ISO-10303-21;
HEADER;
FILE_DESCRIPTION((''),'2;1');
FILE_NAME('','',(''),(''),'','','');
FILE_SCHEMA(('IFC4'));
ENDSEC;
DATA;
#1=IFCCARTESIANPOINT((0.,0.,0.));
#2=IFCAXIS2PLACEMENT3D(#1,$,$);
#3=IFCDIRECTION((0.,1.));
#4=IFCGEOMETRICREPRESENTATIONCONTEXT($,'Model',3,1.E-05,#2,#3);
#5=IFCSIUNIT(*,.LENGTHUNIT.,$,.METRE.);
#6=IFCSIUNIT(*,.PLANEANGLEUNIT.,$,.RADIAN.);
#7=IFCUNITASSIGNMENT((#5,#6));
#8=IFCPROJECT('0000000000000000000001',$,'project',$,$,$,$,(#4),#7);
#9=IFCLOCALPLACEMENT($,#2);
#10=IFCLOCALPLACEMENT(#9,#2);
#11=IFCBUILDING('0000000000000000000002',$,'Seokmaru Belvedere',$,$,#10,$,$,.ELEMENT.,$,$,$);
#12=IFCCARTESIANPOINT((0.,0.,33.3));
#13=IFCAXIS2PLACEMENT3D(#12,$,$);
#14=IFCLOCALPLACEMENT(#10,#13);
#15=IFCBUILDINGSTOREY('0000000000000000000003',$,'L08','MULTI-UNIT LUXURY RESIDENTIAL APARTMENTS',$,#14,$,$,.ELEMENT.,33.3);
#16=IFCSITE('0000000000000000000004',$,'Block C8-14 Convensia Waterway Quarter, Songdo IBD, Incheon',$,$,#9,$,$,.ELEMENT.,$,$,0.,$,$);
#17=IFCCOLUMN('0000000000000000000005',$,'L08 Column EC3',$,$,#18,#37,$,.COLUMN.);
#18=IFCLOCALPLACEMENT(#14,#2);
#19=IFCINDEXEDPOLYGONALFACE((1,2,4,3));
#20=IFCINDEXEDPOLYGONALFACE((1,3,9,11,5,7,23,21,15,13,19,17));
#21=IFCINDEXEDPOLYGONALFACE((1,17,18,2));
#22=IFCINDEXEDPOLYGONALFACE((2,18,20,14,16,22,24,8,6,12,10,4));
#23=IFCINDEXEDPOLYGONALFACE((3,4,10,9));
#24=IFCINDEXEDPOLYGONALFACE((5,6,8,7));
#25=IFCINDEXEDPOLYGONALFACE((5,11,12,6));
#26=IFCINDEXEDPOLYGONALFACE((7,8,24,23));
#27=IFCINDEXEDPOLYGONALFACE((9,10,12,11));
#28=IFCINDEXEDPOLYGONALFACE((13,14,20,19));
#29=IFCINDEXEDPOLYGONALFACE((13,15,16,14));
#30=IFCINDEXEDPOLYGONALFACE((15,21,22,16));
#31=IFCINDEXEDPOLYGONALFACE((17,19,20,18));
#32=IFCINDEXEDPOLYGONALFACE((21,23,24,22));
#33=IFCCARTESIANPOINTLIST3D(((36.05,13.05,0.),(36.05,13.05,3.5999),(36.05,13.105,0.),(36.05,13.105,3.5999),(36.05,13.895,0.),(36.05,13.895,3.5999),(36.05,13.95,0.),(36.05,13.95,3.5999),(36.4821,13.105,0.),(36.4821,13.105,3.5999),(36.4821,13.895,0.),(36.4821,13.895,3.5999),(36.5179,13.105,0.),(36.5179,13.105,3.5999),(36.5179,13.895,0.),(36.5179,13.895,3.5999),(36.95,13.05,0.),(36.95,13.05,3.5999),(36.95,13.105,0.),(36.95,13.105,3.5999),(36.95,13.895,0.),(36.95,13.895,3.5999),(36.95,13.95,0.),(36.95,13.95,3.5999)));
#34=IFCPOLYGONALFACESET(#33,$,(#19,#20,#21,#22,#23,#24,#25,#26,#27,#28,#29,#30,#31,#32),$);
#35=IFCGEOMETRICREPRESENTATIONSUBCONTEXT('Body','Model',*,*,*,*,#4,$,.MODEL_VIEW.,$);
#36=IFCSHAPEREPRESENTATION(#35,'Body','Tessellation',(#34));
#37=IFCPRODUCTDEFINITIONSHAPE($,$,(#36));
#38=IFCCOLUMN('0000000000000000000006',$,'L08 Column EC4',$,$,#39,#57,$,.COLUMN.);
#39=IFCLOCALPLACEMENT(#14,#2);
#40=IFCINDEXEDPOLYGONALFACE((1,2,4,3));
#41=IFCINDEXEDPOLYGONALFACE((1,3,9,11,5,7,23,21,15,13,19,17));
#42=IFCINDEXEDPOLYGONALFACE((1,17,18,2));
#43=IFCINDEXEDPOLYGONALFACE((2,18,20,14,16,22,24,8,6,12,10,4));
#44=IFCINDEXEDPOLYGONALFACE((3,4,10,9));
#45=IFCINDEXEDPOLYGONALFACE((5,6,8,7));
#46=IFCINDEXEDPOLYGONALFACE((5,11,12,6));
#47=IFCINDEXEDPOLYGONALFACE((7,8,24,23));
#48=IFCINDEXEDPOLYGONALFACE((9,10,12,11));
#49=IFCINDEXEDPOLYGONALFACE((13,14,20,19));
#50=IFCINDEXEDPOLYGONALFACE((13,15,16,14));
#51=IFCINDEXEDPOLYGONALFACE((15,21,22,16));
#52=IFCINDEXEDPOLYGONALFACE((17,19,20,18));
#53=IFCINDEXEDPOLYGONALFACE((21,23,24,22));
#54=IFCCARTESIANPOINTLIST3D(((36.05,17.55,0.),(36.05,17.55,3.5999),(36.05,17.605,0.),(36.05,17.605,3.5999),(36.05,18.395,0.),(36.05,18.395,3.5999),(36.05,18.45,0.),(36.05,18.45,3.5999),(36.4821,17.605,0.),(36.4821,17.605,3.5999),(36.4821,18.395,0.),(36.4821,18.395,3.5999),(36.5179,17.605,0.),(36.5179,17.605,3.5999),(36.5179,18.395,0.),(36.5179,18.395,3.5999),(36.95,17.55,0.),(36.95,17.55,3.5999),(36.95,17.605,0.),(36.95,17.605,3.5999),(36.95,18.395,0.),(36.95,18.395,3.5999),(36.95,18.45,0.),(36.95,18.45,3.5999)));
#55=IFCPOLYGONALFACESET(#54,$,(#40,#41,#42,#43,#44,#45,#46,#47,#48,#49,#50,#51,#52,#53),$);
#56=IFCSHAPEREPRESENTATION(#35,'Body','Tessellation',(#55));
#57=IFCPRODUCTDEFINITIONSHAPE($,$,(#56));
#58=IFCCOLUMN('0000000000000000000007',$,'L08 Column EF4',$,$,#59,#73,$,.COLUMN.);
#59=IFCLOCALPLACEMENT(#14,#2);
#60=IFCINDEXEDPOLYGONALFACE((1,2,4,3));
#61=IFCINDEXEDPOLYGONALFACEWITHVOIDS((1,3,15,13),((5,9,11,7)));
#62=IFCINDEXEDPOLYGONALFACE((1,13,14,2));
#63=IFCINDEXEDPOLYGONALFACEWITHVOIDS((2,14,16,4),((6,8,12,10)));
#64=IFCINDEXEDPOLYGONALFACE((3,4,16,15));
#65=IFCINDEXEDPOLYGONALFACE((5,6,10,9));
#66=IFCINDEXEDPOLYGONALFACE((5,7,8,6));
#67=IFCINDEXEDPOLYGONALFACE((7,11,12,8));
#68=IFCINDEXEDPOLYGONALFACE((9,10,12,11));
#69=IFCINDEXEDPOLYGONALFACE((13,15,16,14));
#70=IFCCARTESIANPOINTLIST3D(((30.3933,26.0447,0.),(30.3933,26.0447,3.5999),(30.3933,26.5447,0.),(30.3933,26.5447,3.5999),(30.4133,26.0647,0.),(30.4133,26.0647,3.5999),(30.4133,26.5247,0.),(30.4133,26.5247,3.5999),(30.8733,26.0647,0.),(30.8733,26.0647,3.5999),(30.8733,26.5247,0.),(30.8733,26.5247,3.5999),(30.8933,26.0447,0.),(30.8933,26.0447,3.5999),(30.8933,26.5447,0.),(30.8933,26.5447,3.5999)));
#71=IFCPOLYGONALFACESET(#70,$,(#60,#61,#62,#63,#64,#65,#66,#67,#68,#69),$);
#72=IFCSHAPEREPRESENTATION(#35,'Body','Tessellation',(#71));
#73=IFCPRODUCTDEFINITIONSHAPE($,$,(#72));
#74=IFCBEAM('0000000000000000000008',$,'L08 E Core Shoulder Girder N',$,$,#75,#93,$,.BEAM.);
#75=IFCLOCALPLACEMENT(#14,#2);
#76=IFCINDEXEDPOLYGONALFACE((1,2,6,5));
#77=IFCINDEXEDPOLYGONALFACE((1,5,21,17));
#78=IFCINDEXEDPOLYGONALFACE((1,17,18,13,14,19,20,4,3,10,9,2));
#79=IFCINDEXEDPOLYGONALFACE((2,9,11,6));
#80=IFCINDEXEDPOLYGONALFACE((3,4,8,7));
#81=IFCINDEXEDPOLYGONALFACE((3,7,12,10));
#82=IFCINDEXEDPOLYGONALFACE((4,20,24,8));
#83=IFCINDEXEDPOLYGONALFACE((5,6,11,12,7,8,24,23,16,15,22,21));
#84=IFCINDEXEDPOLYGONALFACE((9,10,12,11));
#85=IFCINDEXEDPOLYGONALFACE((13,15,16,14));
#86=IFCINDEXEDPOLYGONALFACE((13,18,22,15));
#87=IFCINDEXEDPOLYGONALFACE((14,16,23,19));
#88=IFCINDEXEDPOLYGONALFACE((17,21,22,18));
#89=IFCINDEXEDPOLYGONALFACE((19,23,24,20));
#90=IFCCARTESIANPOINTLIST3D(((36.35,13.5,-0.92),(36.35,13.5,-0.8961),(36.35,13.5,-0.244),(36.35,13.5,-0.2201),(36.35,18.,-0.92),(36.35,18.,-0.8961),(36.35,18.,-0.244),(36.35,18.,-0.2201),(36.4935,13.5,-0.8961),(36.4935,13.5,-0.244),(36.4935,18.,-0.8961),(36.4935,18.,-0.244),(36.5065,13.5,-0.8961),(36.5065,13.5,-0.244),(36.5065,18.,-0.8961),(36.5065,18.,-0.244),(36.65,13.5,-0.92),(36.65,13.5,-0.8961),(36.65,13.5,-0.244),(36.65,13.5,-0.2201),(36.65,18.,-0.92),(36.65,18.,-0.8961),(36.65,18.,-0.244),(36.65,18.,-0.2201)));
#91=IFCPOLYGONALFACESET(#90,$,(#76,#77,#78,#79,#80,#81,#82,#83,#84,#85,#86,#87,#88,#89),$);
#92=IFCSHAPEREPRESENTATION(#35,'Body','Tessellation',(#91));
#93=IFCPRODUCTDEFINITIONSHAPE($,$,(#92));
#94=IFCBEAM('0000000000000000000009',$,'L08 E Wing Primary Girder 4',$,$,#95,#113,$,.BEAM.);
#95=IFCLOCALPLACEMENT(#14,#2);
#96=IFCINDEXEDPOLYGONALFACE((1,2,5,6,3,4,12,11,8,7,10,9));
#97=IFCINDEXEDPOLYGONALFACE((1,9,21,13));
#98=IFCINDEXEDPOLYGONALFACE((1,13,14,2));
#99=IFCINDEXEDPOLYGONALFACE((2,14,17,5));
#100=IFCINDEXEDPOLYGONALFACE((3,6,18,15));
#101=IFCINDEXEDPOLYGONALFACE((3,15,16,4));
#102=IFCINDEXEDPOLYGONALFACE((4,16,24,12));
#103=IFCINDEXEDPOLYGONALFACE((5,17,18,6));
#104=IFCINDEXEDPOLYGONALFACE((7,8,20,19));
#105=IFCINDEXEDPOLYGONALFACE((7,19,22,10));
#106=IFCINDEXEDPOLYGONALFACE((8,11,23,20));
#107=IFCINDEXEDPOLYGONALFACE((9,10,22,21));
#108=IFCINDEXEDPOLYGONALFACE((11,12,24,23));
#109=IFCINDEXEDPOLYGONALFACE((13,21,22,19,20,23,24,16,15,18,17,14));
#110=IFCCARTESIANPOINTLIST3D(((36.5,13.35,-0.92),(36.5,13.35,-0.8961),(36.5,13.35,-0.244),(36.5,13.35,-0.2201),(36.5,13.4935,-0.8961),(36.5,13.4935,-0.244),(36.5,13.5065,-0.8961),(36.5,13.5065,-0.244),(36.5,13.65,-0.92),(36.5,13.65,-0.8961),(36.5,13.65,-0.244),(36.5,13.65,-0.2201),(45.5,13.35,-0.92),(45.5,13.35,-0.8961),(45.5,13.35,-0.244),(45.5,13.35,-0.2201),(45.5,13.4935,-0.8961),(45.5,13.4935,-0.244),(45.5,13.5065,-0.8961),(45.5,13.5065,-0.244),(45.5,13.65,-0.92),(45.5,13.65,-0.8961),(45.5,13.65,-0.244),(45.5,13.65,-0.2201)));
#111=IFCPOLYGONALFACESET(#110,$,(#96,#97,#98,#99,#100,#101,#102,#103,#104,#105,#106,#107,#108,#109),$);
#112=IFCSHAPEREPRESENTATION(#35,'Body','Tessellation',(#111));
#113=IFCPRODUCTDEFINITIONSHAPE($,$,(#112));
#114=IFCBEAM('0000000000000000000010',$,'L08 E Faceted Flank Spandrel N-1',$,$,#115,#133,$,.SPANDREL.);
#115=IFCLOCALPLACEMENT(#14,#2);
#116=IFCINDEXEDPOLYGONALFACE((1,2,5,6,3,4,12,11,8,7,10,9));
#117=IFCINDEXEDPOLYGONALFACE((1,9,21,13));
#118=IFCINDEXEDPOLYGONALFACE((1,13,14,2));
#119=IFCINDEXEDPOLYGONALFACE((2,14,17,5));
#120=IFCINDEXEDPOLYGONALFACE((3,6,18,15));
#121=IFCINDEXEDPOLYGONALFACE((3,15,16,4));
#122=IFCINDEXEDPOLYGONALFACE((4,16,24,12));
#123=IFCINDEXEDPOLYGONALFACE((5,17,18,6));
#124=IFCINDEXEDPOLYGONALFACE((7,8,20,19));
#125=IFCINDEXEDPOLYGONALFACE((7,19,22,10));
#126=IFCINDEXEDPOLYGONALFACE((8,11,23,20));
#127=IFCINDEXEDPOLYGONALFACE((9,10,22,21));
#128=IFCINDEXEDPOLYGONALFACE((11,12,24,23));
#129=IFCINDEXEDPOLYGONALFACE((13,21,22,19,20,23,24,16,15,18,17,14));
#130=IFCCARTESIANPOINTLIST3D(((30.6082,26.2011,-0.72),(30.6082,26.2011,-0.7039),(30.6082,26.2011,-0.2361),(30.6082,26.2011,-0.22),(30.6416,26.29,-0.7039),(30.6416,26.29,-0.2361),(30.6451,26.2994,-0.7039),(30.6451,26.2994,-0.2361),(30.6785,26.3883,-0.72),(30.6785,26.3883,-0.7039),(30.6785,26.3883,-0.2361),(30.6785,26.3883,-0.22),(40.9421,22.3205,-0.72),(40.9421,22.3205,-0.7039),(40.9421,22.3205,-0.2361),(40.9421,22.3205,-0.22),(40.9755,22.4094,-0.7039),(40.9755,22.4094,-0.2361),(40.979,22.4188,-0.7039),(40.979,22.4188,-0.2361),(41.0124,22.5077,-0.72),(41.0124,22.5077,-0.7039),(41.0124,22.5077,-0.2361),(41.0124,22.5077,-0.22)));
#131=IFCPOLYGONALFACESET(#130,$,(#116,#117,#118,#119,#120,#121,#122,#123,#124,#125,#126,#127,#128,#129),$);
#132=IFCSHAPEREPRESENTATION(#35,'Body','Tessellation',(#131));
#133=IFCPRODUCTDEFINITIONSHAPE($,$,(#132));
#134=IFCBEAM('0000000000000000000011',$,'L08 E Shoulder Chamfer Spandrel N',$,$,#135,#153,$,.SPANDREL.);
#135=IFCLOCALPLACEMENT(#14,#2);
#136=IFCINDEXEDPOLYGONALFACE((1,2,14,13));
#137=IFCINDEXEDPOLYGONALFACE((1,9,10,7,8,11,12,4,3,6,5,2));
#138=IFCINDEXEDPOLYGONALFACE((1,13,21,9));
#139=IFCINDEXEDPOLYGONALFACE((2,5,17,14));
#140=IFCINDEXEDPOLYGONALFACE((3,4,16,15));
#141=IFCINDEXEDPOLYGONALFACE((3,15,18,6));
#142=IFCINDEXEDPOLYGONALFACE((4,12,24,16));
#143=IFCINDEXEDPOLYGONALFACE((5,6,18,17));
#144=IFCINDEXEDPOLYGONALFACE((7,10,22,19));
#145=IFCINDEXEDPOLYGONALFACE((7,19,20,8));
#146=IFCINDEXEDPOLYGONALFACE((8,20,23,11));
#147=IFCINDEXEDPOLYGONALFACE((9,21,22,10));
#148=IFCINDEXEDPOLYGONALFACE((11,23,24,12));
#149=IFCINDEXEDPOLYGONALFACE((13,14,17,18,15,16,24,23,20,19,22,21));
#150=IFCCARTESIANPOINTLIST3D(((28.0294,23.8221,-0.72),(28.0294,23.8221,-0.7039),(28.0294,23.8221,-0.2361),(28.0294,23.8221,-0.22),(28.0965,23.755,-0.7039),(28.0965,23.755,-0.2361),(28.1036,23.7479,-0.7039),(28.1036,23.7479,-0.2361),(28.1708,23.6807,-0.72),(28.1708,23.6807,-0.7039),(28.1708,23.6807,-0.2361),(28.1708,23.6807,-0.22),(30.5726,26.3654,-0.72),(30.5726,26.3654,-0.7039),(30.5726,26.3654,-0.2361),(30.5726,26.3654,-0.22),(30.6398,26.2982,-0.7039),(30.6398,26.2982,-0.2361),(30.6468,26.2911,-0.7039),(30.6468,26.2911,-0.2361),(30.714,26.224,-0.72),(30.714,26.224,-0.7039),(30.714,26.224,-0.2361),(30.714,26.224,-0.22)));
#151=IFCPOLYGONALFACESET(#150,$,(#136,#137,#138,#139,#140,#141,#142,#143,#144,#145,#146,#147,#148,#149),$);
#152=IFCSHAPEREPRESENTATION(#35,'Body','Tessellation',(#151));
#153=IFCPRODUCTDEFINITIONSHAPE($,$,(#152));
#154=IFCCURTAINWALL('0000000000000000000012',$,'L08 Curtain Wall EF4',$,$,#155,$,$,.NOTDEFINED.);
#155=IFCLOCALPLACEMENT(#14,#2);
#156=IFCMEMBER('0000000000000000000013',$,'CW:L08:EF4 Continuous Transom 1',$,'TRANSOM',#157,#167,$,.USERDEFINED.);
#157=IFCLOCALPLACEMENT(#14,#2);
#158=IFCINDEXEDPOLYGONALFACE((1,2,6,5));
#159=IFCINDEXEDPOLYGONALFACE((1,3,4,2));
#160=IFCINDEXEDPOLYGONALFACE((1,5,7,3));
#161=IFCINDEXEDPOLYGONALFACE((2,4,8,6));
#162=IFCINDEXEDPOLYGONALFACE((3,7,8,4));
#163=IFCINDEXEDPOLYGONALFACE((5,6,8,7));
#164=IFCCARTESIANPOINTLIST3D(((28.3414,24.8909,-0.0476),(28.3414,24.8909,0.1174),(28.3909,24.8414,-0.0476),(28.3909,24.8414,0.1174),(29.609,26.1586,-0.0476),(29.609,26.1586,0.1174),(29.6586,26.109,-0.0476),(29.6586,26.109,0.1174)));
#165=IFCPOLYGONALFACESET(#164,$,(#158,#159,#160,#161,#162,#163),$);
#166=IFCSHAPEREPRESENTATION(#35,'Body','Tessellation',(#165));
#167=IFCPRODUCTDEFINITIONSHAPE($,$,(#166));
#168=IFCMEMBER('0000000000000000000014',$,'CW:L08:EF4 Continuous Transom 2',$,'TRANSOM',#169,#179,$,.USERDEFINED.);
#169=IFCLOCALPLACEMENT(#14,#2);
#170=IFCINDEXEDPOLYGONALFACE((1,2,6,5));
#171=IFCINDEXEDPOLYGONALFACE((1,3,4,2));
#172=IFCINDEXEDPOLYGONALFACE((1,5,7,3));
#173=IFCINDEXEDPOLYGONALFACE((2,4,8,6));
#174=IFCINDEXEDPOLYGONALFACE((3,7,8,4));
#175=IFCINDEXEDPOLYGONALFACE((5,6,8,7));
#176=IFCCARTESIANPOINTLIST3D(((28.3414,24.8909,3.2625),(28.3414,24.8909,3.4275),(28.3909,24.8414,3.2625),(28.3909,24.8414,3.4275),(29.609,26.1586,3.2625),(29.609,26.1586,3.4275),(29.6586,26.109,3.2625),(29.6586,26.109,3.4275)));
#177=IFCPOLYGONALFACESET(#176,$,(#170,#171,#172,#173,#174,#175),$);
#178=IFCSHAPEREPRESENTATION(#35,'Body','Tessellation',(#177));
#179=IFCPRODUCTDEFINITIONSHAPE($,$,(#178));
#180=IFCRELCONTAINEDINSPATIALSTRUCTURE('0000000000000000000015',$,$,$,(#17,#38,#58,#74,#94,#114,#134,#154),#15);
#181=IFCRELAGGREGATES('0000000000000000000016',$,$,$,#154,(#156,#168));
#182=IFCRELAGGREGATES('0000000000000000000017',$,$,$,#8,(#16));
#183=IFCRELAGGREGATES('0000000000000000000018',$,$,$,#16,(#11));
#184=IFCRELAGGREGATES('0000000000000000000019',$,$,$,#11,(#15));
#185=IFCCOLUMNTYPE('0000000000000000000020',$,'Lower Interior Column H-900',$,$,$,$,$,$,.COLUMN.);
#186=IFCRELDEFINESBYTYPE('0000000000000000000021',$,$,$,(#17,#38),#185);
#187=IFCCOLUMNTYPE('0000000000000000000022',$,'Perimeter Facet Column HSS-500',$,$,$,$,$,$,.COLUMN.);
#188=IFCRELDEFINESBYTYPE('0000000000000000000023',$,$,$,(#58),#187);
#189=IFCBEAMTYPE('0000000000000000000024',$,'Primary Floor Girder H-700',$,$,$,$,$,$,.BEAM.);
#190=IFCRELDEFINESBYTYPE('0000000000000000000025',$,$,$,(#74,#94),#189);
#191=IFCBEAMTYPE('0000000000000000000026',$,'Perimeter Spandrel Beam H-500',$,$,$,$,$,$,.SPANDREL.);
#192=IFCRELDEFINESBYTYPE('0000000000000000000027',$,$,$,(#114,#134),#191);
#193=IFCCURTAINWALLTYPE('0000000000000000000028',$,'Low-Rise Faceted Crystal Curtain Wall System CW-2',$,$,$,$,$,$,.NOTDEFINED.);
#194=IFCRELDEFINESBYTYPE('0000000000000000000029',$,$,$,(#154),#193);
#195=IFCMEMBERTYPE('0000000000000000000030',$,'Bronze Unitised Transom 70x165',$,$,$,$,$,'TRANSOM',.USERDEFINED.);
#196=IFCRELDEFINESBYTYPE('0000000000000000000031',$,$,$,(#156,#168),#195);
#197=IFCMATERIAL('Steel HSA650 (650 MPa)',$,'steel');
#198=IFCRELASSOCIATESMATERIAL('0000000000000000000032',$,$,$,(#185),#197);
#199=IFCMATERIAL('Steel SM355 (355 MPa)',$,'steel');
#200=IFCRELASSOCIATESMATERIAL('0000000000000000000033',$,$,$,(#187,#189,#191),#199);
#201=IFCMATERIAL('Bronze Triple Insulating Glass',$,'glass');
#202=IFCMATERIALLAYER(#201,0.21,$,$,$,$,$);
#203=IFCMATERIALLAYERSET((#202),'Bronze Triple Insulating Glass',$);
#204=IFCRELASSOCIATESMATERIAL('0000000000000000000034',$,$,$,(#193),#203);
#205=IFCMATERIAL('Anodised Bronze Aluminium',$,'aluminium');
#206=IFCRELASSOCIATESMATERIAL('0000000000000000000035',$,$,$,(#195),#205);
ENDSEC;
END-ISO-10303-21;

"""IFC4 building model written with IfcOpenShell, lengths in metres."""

from ifc_helpers import new_model, si_unit, direction, frame, origin, origin_2d, place, context, subcontext, project, spatial, rectangle, hollow_rectangle, i_section, extrude, source, transform, mapped, material, layer, layer_set, material_profile, profile_set, type_object, type_shapes, element, aggregate, save


model = new_model("IFC4")

# Units and contexts
model_context = context("Model", 3, precision=1e-05, world=origin(), true_north=direction((0.0, 1.0)))
body_context = subcontext(model_context, "Body", "Model", "MODEL_VIEW")
ifc_project = project(units=[si_unit("LENGTHUNIT", "METRE"), si_unit("PLANEANGLEUNIT", "RADIAN")], contexts=[model_context])

# Site, building, storey
site_placement = place(None, origin())
site = spatial("IfcSite", under=ifc_project, at=site_placement, Name="Block C8-14 Convensia Waterway Quarter, Songdo IBD, Incheon", CompositionType="ELEMENT", RefElevation=0.0)
building_placement = place(site_placement, origin())
building = spatial("IfcBuilding", under=site, at=building_placement, Name="Seokmaru Belvedere", CompositionType="ELEMENT")
storey_placement = place(building_placement, frame((0.0, 0.0, 33.3)))
storey = spatial("IfcBuildingStorey", under=building, at=storey_placement, Name="L08", Description="MULTI-UNIT LUXURY RESIDENTIAL APARTMENTS", CompositionType="ELEMENT", Elevation=33.3)

# Columns
ifc_material_1 = material(Name="Steel HSA650 (650 MPa)", Category="steel")
ifc_material_profile_1 = material_profile(ifc_material_1, i_section(OverallWidth=0.8999, OverallDepth=0.8999, WebThickness=0.0359, FlangeThickness=0.0549, at=origin_2d()), Name="H-900x900x36x55")
ifc_profile_set_1 = profile_set([ifc_material_profile_1], Name="Steel HSA650 (650 MPa)")
column_type_1 = type_object("IfcColumnType", Name="Lower Interior Column H-900", PredefinedType="COLUMN", material=ifc_profile_set_1)
shared_shape_1 = source(origin(), body_context, "Body", "SweptSolid", [
    extrude(i_section(OverallWidth=0.8999, OverallDepth=0.8999, WebThickness=0.0359, FlangeThickness=0.0549, at=origin_2d()), origin(), (0.0, 0.0, 1.0), 3.5999),
])
type_shapes(column_type_1, [shared_shape_1])
for number, where, z_axis, x_axis, name in (
    (1, (36.5, 13.5, 0.0), (0.0, 0.0, 1.0), (1.0, 0.0, 0.0), "L08 Column EC3"),
    (2, (36.5, 18.0, 0.0), (0.0, 0.0, 1.0), (1.0, 0.0, 0.0), "L08 Column EC4"),
):
    element("IfcColumn", number, at=place(storey_placement, frame(where, z_axis=z_axis, x_axis=x_axis)), inside=storey, type_object=column_type_1, Name=name, PredefinedType="COLUMN", context=body_context, shape_type="MappedRepresentation", body=[
        mapped(shared_shape_1, transform((0.0, 0.0, 0.0), scale=1.0)),
    ])
ifc_material_2 = material(Name="Steel SM355 (355 MPa)", Category="steel")
ifc_material_profile_2 = material_profile(ifc_material_2, hollow_rectangle(XDim=0.5, YDim=0.5, WallThickness=0.02, at=origin_2d()), Name="HSS-500x500x20")
ifc_profile_set_2 = profile_set([ifc_material_profile_2], Name="Steel SM355 (355 MPa)")
column_type_2 = type_object("IfcColumnType", Name="Perimeter Facet Column HSS-500", PredefinedType="COLUMN", material=ifc_profile_set_2)
shared_shape_2 = source(origin(), body_context, "Body", "SweptSolid", [
    extrude(hollow_rectangle(XDim=0.5, YDim=0.5, WallThickness=0.02, at=origin_2d()), origin(), (0.0, 0.0, 1.0), 3.5999),
])
type_shapes(column_type_2, [shared_shape_2])
column_placement = place(storey_placement, frame((30.6433, 26.2947, 0.0), z_axis=(0.0, 0.0, 1.0), x_axis=(1.0, 0.0, 0.0)))
element("IfcColumn", 3, at=column_placement, inside=storey, type_object=column_type_2, Name="L08 Column EF4", PredefinedType="COLUMN", context=body_context, shape_type="MappedRepresentation", body=[
    mapped(shared_shape_2, transform((0.0, 0.0, 0.0), scale=1.0)),
])

# Beams
ifc_material_profile_3 = material_profile(ifc_material_2, i_section(OverallWidth=0.3, OverallDepth=0.7, WebThickness=0.0129, FlangeThickness=0.0239, at=origin_2d()), Name="H-700x300x13x24")
ifc_profile_set_3 = profile_set([ifc_material_profile_3], Name="Steel SM355 (355 MPa)")
beam_type_1 = type_object("IfcBeamType", Name="Primary Floor Girder H-700", PredefinedType="BEAM", material=ifc_profile_set_3)
shared_shape_3 = source(origin(), body_context, "Body", "SweptSolid", [
    extrude(i_section(OverallWidth=0.3, OverallDepth=0.7, WebThickness=0.0129, FlangeThickness=0.0239, at=origin_2d()), origin(), (0.0, 0.0, 1.0), 4.5),
])
beam_1_placement = place(storey_placement, frame((36.5, 13.5, -0.5701), z_axis=(0.0, 1.0, 0.0), x_axis=(-1.0, 0.0, 0.0)))
element("IfcBeam", 4, at=beam_1_placement, inside=storey, type_object=beam_type_1, Name="L08 E Core Shoulder Girder N", PredefinedType="BEAM", context=body_context, shape_type="MappedRepresentation", body=[
    mapped(shared_shape_3, transform((0.0, 0.0, 0.0), scale=1.0)),
])
shared_shape_4 = source(origin(), body_context, "Body", "SweptSolid", [
    extrude(i_section(OverallWidth=0.3, OverallDepth=0.7, WebThickness=0.0129, FlangeThickness=0.0239, at=origin_2d()), origin(), (0.0, 0.0, 1.0), 9.0),
])
type_shapes(beam_type_1, [shared_shape_3, shared_shape_4])
beam_2_placement = place(storey_placement, frame((36.5, 13.5, -0.5701), z_axis=(1.0, 0.0, 0.0), x_axis=(0.0, 1.0, 0.0)))
element("IfcBeam", 5, at=beam_2_placement, inside=storey, type_object=beam_type_1, Name="L08 E Wing Primary Girder 4", PredefinedType="BEAM", context=body_context, shape_type="MappedRepresentation", body=[
    mapped(shared_shape_4, transform((0.0, 0.0, 0.0), scale=1.0)),
])
ifc_material_profile_4 = material_profile(ifc_material_2, i_section(OverallWidth=0.2, OverallDepth=0.5, WebThickness=0.01, FlangeThickness=0.0161, at=origin_2d()), Name="H-500x200x10x16")
ifc_profile_set_4 = profile_set([ifc_material_profile_4], Name="Steel SM355 (355 MPa)")
beam_type_2 = type_object("IfcBeamType", Name="Perimeter Spandrel Beam H-500", PredefinedType="SPANDREL", material=ifc_profile_set_4)
shared_shape_5 = source(origin(), body_context, "Body", "SweptSolid", [
    extrude(i_section(OverallWidth=0.2, OverallDepth=0.5, WebThickness=0.01, FlangeThickness=0.0161, at=origin_2d()), origin(), (0.0, 0.0, 1.0), 11.0386),
])
beam_3_placement = place(storey_placement, frame((30.6433, 26.2947, -0.47), z_axis=(0.936169, -0.35155, 0.0), x_axis=(0.35155, 0.936169, 0.0)))
element("IfcBeam", 6, at=beam_3_placement, inside=storey, type_object=beam_type_2, Name="L08 E Faceted Flank Spandrel N-1", PredefinedType="SPANDREL", context=body_context, shape_type="MappedRepresentation", body=[
    mapped(shared_shape_5, transform((0.0, 0.0, 0.0), scale=1.0)),
])
shared_shape_6 = source(origin(), body_context, "Body", "SweptSolid", [
    extrude(i_section(OverallWidth=0.2, OverallDepth=0.5, WebThickness=0.01, FlangeThickness=0.0161, at=origin_2d()), origin(), (0.0, 0.0, 1.0), 3.5967),
])
type_shapes(beam_type_2, [shared_shape_5, shared_shape_6])
beam_4_placement = place(storey_placement, frame((30.6433, 26.2947, -0.47), z_axis=(-0.707107, -0.707107, 0.0), x_axis=(0.707107, -0.707107, 0.0)))
element("IfcBeam", 7, at=beam_4_placement, inside=storey, type_object=beam_type_2, Name="L08 E Shoulder Chamfer Spandrel N", PredefinedType="SPANDREL", context=body_context, shape_type="MappedRepresentation", body=[
    mapped(shared_shape_6, transform((0.0, 0.0, 0.0), scale=1.0)),
])

# Curtain wall, members
ifc_material_3 = material(Name="Bronze Triple Insulating Glass", Category="glass")
ifc_layer_1 = layer(ifc_material_3, 0.21)
ifc_layer_set_1 = layer_set([ifc_layer_1], Name="Bronze Triple Insulating Glass")
curtain_wall_type = type_object("IfcCurtainWallType", Name="Low-Rise Faceted Crystal Curtain Wall System CW-2", PredefinedType="NOTDEFINED", material=ifc_layer_set_1)
curtain_wall_1_placement = place(storey_placement, origin())
curtain_wall_1 = element("IfcCurtainWall", 8, at=curtain_wall_1_placement, inside=storey, type_object=curtain_wall_type, Name="L08 Curtain Wall EF4", PredefinedType="NOTDEFINED")
ifc_material_4 = material(Name="Anodised Bronze Aluminium", Category="aluminium")
ifc_material_profile_5 = material_profile(ifc_material_4, rectangle(XDim=0.0701, YDim=0.165, at=origin_2d()), Name="CW-T-70x165")
ifc_profile_set_5 = profile_set([ifc_material_profile_5], Name="Anodised Bronze Aluminium")
member_type_1 = type_object("IfcMemberType", Name="Bronze Unitised Transom 70x165", ElementType="TRANSOM", PredefinedType="USERDEFINED", material=ifc_profile_set_5)
shared_shape_7 = source(origin(), body_context, "Body", "SweptSolid", [
    extrude(rectangle(XDim=0.0701, YDim=0.165, at=origin_2d()), origin(), (0.0, 0.0, 1.0), 1.7927),
])
type_shapes(member_type_1, [shared_shape_7])
member_1_placement = place(storey_placement, frame((29.6338, 26.1338, 0.0349), z_axis=(-0.707107, -0.707107, 0.0), x_axis=(0.707107, -0.707107, 0.0)))
member_1 = element("IfcMember", 9, at=member_1_placement, type_object=member_type_1, Name="CW:L08:EF4 Continuous Transom 1", ObjectType="TRANSOM", PredefinedType="USERDEFINED", context=body_context, shape_type="MappedRepresentation", body=[
    mapped(shared_shape_7, transform((0.0, 0.0, 0.0), scale=1.0)),
])
member_2_placement = place(storey_placement, frame((29.6338, 26.1338, 3.345), z_axis=(-0.707107, -0.707107, 0.0), x_axis=(0.707107, -0.707107, 0.0)))
member_2 = element("IfcMember", 10, at=member_2_placement, type_object=member_type_1, Name="CW:L08:EF4 Continuous Transom 2", ObjectType="TRANSOM", PredefinedType="USERDEFINED", context=body_context, shape_type="MappedRepresentation", body=[
    mapped(shared_shape_7, transform((0.0, 0.0, 0.0), scale=1.0)),
])

aggregate(curtain_wall_1, [member_1, member_2])

save(model, "model.ifc")
